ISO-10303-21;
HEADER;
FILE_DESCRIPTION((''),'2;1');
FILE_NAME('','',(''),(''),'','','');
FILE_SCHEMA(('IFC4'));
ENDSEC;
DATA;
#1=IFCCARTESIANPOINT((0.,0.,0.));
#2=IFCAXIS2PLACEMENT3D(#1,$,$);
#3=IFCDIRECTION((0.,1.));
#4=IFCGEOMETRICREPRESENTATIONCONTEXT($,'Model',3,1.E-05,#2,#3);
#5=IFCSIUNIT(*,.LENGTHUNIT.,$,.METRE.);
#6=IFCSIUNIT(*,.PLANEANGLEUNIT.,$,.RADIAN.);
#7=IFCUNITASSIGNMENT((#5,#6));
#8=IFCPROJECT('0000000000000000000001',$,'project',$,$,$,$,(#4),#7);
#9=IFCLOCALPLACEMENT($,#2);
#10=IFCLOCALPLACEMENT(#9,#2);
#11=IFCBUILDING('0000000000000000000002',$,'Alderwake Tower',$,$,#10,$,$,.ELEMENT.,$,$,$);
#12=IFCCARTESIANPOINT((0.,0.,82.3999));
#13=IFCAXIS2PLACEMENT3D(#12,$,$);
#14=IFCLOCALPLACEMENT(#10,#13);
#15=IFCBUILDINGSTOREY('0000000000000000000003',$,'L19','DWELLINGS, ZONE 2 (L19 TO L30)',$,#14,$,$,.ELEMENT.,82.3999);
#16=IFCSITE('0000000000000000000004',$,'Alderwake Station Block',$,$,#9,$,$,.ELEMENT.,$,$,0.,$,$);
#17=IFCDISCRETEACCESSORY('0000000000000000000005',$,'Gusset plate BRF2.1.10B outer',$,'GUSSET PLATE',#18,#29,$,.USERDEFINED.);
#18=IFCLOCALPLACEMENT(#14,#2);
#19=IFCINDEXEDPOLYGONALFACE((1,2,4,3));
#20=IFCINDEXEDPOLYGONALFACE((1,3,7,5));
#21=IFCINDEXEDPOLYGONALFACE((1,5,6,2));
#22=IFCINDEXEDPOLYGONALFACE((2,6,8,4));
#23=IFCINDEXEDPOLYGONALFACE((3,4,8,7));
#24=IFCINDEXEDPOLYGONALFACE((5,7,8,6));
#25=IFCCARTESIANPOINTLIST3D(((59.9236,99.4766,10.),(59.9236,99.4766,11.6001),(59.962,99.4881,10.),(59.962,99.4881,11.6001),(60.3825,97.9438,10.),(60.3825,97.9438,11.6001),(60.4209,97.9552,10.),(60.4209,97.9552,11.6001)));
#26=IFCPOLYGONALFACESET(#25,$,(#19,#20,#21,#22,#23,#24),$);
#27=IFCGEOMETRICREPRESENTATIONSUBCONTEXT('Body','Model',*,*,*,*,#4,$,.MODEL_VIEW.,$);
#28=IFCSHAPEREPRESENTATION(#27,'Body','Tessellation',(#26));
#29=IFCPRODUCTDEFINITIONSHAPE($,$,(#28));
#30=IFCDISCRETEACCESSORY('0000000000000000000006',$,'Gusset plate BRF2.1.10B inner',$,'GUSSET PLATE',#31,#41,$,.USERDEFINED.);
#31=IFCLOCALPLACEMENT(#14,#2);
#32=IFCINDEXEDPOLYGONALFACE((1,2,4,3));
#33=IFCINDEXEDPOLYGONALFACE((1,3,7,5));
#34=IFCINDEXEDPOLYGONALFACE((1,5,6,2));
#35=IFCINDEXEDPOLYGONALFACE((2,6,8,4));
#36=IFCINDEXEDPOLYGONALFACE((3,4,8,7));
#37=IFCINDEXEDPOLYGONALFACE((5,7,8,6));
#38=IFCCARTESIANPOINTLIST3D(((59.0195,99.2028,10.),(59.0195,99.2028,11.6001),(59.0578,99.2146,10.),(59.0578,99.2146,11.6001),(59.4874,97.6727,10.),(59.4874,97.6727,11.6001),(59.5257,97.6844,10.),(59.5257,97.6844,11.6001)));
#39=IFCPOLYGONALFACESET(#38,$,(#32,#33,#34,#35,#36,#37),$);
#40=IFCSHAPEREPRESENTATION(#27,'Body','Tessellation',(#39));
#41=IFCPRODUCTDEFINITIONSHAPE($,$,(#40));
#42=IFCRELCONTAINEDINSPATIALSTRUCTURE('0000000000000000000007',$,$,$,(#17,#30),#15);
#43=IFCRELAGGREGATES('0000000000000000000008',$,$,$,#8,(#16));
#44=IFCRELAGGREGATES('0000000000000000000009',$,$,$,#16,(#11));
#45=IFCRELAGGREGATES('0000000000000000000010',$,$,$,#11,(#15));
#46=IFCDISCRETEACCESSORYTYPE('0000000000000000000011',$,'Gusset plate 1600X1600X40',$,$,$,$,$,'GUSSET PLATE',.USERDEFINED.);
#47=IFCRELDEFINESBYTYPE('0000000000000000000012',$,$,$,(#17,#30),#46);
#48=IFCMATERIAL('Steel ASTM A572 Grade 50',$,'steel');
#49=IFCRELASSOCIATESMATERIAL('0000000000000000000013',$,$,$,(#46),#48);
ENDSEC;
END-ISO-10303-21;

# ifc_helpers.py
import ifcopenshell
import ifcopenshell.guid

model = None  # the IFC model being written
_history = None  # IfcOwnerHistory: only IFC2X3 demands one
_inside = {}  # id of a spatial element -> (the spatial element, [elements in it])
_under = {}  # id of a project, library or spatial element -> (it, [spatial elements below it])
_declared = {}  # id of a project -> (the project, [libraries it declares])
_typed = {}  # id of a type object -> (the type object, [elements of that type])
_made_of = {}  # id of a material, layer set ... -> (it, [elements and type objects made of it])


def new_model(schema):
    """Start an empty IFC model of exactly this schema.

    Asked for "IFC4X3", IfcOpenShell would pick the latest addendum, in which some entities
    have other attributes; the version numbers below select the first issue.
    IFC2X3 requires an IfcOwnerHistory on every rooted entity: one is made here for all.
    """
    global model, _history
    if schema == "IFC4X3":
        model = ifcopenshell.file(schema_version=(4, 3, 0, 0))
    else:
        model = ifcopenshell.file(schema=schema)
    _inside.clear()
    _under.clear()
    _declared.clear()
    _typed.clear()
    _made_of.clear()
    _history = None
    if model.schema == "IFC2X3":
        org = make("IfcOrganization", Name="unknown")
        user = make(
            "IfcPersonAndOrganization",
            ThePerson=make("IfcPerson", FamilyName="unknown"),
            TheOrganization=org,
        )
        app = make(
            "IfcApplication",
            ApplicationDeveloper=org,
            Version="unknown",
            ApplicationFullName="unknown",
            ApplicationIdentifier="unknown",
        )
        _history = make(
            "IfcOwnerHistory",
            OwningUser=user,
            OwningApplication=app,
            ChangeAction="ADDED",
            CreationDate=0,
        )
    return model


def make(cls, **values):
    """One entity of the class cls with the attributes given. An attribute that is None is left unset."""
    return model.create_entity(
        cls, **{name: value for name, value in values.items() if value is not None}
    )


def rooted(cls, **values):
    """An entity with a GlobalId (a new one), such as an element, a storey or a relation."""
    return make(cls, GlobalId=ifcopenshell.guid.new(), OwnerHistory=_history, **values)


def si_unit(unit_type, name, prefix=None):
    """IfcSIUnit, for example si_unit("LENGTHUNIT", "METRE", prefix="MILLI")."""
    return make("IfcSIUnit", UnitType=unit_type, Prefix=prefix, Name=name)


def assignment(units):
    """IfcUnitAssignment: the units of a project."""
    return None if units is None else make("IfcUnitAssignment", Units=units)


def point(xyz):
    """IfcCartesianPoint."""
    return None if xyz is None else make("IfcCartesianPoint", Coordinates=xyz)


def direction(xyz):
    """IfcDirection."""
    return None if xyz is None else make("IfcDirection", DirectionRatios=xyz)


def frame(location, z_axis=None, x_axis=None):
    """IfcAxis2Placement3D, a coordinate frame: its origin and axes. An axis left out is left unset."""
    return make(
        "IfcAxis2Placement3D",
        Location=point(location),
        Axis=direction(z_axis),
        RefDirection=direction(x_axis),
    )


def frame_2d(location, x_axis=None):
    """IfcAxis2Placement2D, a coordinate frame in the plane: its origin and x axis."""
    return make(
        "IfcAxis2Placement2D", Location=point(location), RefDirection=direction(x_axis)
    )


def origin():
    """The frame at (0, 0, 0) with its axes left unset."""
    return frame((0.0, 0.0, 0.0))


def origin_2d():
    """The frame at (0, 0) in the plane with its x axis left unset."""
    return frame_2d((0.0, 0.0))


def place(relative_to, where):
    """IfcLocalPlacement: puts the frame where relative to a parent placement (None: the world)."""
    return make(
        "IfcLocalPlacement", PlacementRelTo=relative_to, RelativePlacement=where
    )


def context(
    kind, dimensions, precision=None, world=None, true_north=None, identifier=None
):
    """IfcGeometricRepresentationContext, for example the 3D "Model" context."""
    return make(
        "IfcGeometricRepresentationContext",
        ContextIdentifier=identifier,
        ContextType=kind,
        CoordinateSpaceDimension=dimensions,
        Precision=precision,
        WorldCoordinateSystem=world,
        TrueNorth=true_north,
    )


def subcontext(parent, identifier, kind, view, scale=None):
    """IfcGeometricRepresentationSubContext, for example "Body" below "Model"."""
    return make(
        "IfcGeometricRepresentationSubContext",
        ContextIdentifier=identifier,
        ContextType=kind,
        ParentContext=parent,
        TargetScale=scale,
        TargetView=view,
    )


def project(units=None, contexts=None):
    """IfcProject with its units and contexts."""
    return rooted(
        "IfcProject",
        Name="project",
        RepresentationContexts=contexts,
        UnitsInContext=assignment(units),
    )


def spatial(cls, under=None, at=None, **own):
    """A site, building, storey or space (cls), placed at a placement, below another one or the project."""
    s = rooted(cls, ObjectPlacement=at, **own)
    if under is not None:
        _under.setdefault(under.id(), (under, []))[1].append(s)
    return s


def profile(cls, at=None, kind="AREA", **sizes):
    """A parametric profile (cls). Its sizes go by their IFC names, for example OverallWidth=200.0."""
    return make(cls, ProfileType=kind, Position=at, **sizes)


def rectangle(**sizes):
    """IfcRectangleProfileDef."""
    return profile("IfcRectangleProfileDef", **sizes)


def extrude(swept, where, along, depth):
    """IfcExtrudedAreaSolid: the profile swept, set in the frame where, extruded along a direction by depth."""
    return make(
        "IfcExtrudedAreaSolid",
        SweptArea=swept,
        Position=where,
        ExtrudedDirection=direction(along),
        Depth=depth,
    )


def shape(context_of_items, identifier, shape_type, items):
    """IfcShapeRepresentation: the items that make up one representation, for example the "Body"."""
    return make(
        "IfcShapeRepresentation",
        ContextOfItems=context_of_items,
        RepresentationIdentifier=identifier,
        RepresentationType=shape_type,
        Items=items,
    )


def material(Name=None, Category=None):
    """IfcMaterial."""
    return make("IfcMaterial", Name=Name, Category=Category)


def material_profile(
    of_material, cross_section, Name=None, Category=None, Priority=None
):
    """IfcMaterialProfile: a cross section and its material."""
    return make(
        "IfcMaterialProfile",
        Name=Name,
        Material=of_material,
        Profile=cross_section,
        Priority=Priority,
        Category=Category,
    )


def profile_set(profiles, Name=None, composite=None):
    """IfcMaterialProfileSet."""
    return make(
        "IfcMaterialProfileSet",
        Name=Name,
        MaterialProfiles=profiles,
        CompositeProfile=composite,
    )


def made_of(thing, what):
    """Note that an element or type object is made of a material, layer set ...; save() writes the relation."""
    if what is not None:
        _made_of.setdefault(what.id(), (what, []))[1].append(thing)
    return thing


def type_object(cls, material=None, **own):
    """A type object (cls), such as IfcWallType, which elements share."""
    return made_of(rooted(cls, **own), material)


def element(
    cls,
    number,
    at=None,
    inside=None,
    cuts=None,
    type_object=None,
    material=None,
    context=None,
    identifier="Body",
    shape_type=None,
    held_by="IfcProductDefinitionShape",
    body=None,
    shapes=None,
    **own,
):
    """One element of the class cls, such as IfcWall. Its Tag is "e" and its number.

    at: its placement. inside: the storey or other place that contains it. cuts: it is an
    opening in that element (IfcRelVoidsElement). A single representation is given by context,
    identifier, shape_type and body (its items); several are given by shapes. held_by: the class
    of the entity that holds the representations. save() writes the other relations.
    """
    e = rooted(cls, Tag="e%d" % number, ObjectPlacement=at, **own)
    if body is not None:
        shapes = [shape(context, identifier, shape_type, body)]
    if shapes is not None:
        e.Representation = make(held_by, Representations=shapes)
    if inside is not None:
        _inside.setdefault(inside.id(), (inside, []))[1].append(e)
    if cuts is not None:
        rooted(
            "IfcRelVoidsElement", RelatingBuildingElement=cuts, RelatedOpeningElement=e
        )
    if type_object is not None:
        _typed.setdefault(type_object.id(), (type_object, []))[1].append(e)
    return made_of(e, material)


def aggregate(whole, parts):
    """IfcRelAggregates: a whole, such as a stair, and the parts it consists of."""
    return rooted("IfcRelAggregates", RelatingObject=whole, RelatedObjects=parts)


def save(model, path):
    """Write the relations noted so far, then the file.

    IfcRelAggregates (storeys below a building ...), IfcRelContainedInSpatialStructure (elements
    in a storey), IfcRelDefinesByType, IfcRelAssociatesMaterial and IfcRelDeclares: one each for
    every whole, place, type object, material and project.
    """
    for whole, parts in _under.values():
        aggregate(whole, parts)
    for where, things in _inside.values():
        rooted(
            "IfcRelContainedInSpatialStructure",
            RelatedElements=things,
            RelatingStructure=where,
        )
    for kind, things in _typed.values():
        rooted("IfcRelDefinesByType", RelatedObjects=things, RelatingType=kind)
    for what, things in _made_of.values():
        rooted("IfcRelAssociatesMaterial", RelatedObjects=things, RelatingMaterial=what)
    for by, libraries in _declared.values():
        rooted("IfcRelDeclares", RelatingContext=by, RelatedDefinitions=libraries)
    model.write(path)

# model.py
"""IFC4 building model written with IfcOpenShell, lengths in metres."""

from ifc_helpers import new_model, si_unit, direction, frame, origin, origin_2d, place, context, subcontext, project, spatial, rectangle, extrude, material, material_profile, profile_set, type_object, element, save


model = new_model("IFC4")

# Units and contexts
model_context = context("Model", 3, precision=1e-05, world=origin(), true_north=direction((0.0, 1.0)))
body_context = subcontext(model_context, "Body", "Model", "MODEL_VIEW")
ifc_project = project(units=[si_unit("LENGTHUNIT", "METRE"), si_unit("PLANEANGLEUNIT", "RADIAN")], contexts=[model_context])

# Site, building, storey
site_placement = place(None, origin())
site = spatial("IfcSite", under=ifc_project, at=site_placement, Name="Alderwake Station Block", CompositionType="ELEMENT", RefElevation=0.0)
building_placement = place(site_placement, origin())
building = spatial("IfcBuilding", under=site, at=building_placement, Name="Alderwake Tower", CompositionType="ELEMENT")
storey_placement = place(building_placement, frame((0.0, 0.0, 82.3999)))
storey = spatial("IfcBuildingStorey", under=building, at=storey_placement, Name="L19", Description="DWELLINGS, ZONE 2 (L19 TO L30)", CompositionType="ELEMENT", Elevation=82.3999)

# Discrete accessories
ifc_material_1 = material(Name="Steel ASTM A572 Grade 50", Category="steel")
ifc_material_profile_1 = material_profile(ifc_material_1, rectangle(XDim=1.6001, YDim=1.6001, at=origin_2d()), Name="gusset 1600X1600")
ifc_profile_set_1 = profile_set([ifc_material_profile_1], Name="Steel ASTM A572 Grade 50")
discrete_accessory_type = type_object("IfcDiscreteAccessoryType", Name="Gusset plate 1600X1600X40", ElementType="GUSSET PLATE", PredefinedType="USERDEFINED", material=ifc_profile_set_1)
for number, where, z_axis, x_axis, name in (
    (1, (60.1531, 98.7102, 10.8), (0.957994, 0.286788, 0.0), (-0.286788, 0.957994, 0.0), "Gusset plate BRF2.1.10B outer"),
    (2, (59.2917, 98.4495, 10.8), (-0.956304, -0.292373, 0.0), (0.292373, -0.956304, 0.0), "Gusset plate BRF2.1.10B inner"),
):
    element("IfcDiscreteAccessory", number, at=place(storey_placement, frame(where, z_axis=z_axis, x_axis=x_axis)), inside=storey, type_object=discrete_accessory_type, Name=name, ObjectType="GUSSET PLATE", PredefinedType="USERDEFINED", context=body_context, shape_type="SweptSolid", body=[
        extrude(rectangle(XDim=1.6001, YDim=1.6001, at=origin_2d()), origin(), (0.0, 0.0, 1.0), 0.04),
    ])

save(model, "model.ifc")
